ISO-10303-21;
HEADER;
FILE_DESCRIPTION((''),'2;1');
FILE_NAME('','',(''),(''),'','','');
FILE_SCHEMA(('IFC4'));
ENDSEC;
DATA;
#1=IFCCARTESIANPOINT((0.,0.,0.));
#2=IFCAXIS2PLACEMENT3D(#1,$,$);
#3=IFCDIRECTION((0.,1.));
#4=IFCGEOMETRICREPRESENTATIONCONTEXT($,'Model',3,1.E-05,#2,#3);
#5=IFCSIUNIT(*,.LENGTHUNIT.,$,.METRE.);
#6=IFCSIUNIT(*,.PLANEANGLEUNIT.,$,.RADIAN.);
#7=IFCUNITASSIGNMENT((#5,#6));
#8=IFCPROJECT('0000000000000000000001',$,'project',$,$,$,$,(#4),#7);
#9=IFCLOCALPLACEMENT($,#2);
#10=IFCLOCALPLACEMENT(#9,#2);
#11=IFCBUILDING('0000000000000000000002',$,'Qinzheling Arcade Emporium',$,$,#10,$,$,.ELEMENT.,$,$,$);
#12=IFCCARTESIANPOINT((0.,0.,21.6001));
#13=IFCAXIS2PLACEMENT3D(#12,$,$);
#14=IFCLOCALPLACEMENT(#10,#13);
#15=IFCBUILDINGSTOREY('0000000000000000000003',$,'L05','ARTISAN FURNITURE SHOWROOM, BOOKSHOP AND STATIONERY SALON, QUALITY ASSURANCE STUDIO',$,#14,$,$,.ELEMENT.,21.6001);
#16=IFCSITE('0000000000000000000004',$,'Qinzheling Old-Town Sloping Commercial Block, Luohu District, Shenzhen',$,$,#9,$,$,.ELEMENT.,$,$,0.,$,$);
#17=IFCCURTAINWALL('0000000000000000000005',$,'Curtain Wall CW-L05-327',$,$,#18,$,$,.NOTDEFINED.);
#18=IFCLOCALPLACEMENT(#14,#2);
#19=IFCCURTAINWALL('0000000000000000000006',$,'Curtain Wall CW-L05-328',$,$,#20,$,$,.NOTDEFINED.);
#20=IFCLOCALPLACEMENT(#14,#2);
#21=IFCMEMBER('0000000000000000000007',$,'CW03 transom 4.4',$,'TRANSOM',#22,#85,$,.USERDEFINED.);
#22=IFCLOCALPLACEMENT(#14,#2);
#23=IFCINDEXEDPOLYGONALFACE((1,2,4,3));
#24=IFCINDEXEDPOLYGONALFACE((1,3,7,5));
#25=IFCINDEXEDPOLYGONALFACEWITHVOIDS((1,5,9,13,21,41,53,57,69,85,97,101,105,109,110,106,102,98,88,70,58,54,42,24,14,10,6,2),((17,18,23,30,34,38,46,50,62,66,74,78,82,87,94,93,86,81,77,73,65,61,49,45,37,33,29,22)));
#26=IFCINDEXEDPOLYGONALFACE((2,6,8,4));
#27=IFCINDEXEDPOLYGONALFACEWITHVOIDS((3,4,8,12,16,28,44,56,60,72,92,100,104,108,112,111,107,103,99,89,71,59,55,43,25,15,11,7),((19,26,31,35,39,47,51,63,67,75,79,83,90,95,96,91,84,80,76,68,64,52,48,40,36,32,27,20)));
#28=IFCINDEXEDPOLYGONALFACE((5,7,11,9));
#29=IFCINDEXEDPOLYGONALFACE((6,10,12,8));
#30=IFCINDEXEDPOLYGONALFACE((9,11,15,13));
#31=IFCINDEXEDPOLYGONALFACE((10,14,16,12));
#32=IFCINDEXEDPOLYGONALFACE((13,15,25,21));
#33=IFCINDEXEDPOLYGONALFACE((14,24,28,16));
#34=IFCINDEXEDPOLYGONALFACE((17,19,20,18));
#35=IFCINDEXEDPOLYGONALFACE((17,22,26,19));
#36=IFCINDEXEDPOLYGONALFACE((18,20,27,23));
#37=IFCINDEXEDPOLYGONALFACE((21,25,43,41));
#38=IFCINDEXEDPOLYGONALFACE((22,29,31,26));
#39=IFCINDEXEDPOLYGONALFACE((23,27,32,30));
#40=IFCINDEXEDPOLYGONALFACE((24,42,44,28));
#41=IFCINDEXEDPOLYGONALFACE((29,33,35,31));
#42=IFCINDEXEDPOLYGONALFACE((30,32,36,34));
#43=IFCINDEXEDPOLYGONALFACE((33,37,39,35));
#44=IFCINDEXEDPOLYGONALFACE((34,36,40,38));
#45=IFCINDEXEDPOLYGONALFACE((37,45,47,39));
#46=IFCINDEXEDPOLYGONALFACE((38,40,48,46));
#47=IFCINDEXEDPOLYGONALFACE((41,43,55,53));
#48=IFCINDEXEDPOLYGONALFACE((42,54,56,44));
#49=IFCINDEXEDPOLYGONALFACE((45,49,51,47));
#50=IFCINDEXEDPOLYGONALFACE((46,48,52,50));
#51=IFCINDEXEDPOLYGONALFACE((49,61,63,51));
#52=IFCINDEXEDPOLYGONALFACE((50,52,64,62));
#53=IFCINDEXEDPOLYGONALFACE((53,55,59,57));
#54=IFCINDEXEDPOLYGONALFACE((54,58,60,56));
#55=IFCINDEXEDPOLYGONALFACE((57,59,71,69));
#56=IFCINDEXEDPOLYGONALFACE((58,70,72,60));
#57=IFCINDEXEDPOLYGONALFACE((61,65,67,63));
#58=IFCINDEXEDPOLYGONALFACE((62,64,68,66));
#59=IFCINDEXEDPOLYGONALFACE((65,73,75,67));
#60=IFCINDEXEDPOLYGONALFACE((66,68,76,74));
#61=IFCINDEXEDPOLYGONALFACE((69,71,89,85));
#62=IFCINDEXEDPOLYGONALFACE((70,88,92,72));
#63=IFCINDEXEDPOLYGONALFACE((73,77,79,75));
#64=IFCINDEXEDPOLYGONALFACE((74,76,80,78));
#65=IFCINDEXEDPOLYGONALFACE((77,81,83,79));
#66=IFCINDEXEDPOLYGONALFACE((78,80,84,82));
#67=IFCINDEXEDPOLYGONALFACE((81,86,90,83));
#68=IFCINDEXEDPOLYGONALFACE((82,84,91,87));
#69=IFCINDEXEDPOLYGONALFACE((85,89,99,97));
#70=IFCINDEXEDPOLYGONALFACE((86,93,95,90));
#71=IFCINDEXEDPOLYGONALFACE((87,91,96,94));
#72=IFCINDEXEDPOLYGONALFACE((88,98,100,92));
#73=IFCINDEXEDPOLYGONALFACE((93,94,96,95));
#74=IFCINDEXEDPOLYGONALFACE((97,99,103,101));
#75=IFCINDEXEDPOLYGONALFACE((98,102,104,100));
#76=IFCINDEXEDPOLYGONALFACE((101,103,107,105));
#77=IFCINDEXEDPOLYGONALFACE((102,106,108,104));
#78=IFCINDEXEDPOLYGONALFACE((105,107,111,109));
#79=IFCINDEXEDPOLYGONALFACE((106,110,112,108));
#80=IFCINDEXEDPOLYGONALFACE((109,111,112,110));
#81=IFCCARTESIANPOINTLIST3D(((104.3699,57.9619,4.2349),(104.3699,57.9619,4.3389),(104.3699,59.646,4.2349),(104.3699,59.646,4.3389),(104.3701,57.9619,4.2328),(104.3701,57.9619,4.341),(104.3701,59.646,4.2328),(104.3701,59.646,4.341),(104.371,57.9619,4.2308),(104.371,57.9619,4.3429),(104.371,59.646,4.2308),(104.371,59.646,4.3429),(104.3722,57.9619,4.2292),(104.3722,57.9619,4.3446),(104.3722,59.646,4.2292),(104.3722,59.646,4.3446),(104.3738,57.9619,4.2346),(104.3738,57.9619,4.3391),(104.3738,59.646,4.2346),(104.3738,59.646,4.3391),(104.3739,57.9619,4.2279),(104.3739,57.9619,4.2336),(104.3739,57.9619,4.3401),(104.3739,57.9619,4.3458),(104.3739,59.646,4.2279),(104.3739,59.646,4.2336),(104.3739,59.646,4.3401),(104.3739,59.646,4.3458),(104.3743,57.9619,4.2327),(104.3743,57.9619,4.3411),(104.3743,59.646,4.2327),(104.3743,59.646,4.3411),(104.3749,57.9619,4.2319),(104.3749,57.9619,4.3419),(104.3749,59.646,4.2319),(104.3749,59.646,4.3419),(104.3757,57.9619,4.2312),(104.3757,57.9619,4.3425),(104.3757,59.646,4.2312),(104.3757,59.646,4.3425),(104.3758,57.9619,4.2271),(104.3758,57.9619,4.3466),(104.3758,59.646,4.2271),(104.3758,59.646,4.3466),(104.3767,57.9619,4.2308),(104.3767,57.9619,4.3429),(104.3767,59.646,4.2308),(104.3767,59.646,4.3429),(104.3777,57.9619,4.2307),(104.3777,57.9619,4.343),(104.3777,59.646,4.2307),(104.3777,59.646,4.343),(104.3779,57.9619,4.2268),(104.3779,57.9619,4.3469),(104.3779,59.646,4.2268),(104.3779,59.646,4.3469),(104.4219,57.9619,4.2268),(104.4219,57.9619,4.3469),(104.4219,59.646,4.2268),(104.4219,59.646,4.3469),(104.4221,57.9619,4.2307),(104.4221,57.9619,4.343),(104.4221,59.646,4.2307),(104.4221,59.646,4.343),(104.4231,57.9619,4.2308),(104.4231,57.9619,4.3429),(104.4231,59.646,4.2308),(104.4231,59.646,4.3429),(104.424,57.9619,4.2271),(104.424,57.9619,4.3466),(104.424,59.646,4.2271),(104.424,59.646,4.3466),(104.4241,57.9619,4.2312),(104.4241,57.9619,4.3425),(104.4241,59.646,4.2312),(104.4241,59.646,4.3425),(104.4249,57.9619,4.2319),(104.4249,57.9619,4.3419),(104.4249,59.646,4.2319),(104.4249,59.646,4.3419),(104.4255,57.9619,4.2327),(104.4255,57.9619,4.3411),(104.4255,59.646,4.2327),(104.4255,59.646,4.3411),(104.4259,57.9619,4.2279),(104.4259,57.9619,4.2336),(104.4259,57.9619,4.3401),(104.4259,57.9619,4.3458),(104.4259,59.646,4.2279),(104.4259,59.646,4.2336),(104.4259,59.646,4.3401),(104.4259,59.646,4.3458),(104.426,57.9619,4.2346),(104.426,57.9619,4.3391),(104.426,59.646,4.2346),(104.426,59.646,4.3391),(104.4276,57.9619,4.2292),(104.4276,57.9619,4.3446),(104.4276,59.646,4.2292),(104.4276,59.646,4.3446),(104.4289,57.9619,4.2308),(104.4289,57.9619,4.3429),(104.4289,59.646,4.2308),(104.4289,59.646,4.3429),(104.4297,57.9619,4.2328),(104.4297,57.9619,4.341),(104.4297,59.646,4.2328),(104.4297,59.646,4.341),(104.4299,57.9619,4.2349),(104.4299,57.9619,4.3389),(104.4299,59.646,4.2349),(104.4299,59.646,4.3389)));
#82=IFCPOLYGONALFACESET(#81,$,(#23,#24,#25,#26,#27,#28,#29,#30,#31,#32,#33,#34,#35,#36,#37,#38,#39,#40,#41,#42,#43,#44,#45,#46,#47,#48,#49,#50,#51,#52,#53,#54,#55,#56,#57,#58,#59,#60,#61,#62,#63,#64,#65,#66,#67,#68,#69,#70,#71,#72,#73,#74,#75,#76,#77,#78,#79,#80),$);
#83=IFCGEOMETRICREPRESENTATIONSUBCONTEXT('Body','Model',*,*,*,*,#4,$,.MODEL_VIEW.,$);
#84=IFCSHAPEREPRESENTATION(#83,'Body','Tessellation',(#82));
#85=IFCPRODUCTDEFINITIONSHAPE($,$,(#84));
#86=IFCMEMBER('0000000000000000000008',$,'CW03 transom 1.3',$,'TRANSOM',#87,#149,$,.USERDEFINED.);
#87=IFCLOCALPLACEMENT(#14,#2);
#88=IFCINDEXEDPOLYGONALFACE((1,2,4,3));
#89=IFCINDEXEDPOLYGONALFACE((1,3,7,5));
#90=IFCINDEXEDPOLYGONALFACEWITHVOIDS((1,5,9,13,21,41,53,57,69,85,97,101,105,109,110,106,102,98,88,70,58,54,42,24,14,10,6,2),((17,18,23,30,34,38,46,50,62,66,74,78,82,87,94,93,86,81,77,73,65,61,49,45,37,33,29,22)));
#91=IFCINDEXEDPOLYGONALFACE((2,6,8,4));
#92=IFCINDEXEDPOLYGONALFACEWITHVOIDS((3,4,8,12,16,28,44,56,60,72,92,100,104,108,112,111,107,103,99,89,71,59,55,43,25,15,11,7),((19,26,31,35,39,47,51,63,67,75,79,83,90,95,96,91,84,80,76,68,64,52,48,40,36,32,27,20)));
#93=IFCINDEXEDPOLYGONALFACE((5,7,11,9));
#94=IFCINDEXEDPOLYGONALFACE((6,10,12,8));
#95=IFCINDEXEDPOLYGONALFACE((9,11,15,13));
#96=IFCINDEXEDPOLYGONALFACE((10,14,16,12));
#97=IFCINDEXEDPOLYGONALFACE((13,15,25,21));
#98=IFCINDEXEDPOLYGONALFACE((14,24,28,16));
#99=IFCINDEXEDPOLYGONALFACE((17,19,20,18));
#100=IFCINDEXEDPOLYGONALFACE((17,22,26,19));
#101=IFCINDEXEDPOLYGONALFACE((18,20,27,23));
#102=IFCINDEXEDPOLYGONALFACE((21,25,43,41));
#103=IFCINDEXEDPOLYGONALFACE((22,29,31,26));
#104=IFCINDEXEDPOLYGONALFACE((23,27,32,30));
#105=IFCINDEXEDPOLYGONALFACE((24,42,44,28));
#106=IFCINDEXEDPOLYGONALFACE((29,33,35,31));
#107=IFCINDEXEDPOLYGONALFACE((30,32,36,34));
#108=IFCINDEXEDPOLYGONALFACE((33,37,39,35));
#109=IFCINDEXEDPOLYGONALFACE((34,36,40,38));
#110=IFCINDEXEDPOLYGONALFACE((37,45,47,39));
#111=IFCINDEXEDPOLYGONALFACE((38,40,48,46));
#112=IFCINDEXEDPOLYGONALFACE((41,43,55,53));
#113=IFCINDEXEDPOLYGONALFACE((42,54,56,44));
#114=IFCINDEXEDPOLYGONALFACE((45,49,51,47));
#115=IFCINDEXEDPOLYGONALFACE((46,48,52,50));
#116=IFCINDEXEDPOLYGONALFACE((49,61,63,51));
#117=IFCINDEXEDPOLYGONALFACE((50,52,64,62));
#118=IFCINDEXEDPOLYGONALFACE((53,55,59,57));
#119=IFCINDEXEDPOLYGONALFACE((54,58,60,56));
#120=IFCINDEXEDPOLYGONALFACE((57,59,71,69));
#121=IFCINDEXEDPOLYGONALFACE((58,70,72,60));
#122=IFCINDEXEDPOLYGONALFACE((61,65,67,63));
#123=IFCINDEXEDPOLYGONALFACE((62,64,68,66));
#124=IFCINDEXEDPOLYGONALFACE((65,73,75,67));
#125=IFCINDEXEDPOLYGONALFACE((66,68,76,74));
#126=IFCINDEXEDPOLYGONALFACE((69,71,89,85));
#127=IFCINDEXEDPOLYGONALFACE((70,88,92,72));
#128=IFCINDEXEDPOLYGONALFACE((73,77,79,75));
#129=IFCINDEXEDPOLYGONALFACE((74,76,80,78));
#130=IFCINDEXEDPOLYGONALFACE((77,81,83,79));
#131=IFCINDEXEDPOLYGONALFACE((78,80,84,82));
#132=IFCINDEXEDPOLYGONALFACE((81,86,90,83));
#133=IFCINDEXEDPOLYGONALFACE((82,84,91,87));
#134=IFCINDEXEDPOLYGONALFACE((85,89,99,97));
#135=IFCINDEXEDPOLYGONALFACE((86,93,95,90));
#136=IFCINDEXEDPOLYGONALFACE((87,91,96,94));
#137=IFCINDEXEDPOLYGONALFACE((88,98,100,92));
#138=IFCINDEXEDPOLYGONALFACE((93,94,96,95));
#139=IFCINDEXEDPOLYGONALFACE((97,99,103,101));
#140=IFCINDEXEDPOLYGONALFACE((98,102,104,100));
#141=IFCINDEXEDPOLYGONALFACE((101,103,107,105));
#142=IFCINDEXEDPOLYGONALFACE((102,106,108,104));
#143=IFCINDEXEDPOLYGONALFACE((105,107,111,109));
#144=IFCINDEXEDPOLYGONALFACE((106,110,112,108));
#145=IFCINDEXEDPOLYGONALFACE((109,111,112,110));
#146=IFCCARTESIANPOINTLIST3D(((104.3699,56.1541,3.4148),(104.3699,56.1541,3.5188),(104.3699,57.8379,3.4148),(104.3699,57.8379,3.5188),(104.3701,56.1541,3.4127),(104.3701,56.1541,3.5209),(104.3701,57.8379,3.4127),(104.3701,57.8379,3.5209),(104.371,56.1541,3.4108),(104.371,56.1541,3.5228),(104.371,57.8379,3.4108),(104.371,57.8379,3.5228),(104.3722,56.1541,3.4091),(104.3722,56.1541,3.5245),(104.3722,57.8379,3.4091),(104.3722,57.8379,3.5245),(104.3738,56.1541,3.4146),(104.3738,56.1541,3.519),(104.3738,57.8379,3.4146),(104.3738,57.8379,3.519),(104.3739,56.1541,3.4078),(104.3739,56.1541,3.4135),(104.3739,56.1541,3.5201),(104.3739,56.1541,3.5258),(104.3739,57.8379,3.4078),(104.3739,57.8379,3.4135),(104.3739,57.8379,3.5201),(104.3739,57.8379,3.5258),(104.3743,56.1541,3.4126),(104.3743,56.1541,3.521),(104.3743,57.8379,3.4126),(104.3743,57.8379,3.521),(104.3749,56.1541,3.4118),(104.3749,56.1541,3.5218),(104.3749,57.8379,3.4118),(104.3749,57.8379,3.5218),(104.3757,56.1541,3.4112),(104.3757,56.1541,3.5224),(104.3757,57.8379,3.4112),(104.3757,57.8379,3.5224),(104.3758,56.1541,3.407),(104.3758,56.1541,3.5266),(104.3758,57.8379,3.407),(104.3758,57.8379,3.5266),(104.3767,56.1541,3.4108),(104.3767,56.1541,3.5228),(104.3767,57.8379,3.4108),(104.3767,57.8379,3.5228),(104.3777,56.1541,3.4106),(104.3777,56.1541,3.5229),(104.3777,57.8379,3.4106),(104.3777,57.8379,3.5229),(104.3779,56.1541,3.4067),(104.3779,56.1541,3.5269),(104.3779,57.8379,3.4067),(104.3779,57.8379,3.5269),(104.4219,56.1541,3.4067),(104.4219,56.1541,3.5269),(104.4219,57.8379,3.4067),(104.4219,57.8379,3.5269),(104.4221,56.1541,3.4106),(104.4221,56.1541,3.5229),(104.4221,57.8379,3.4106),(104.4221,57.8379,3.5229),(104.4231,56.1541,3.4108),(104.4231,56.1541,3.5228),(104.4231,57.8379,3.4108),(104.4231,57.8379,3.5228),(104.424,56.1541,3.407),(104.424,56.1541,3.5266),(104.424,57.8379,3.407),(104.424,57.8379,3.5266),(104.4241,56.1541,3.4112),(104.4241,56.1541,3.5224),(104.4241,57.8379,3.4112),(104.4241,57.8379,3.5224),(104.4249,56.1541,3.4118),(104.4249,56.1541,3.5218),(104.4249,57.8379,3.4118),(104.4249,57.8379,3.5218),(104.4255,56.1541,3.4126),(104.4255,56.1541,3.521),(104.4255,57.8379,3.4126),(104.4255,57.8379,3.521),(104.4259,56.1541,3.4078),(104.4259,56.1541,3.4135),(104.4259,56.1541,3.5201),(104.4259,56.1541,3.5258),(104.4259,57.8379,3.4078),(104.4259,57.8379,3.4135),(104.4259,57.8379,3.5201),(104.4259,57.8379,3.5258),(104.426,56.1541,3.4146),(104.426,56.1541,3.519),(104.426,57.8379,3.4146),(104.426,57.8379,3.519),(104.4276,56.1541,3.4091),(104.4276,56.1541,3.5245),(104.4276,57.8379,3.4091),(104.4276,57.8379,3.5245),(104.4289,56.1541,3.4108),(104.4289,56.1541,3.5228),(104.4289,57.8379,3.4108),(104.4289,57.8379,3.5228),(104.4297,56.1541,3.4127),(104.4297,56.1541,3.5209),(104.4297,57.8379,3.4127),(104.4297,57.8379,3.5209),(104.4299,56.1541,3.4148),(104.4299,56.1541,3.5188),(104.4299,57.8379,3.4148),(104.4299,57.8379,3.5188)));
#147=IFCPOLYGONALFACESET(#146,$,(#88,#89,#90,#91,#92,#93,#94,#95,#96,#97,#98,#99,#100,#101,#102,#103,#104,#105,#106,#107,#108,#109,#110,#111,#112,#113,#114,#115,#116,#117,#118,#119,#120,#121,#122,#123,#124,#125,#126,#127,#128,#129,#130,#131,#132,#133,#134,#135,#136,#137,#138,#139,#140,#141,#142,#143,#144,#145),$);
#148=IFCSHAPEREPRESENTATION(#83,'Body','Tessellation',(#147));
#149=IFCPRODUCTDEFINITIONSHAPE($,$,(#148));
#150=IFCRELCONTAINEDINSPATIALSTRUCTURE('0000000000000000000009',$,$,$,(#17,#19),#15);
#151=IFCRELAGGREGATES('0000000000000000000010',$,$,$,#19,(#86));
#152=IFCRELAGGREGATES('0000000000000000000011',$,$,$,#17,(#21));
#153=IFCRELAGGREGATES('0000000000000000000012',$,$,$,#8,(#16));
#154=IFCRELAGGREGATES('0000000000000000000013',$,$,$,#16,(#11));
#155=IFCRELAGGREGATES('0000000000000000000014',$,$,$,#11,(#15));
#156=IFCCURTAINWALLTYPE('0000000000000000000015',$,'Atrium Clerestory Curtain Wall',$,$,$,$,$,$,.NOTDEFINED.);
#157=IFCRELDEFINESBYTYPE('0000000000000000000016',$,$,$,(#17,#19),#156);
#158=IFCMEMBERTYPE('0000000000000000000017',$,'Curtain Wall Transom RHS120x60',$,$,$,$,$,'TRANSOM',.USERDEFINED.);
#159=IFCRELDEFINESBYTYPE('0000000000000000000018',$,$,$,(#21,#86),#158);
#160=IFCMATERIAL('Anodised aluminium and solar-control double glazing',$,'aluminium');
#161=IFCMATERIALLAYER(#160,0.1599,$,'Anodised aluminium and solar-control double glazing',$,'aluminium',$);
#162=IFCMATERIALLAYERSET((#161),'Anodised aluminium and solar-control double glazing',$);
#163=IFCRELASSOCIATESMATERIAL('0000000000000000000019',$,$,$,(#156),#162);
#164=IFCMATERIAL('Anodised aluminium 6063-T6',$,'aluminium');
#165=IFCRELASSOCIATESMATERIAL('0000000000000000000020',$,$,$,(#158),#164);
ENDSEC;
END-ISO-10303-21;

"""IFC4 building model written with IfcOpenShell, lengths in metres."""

from ifc_helpers import new_model, si_unit, direction, frame, origin, origin_2d, place, context, subcontext, project, spatial, hollow_rectangle, extrude, material, layer, layer_set, material_profile, profile_set, type_object, element, aggregate, save


model = new_model("IFC4")

# Units and contexts
model_context = context("Model", 3, precision=1e-05, world=origin(), true_north=direction((0.0, 1.0)))
body_context = subcontext(model_context, "Body", "Model", "MODEL_VIEW")
ifc_project = project(units=[si_unit("LENGTHUNIT", "METRE"), si_unit("PLANEANGLEUNIT", "RADIAN")], contexts=[model_context])

# Site, building, storey
site_placement = place(None, origin())
site = spatial("IfcSite", under=ifc_project, at=site_placement, Name="Qinzheling Old-Town Sloping Commercial Block, Luohu District, Shenzhen", CompositionType="ELEMENT", RefElevation=0.0)
building_placement = place(site_placement, origin())
building = spatial("IfcBuilding", under=site, at=building_placement, Name="Qinzheling Arcade Emporium", CompositionType="ELEMENT")
storey_placement = place(building_placement, frame((0.0, 0.0, 21.6001)))
storey = spatial("IfcBuildingStorey", under=building, at=storey_placement, Name="L05", Description="ARTISAN FURNITURE SHOWROOM, BOOKSHOP AND STATIONERY SALON, QUALITY ASSURANCE STUDIO", CompositionType="ELEMENT", Elevation=21.6001)

# Curtain wall
ifc_material_1 = material(Name="Anodised aluminium and solar-control double glazing", Category="aluminium")
ifc_layer_1 = layer(ifc_material_1, 0.1599, Name="Anodised aluminium and solar-control double glazing", Category="aluminium")
ifc_layer_set_1 = layer_set([ifc_layer_1], Name="Anodised aluminium and solar-control double glazing")
curtain_wall_type = type_object("IfcCurtainWallType", Name="Atrium Clerestory Curtain Wall", PredefinedType="NOTDEFINED", material=ifc_layer_set_1)
curtain_wall_1_placement = place(storey_placement, origin())
curtain_wall_1 = element("IfcCurtainWall", 1, at=curtain_wall_1_placement, inside=storey, type_object=curtain_wall_type, Name="Curtain Wall CW-L05-327", PredefinedType="NOTDEFINED")
ifc_material_2 = material(Name="Anodised aluminium 6063-T6", Category="aluminium")

# Curtain wall
curtain_wall_2_placement = place(storey_placement, origin())
curtain_wall_2 = element("IfcCurtainWall", 2, at=curtain_wall_2_placement, inside=storey, type_object=curtain_wall_type, Name="Curtain Wall CW-L05-328", PredefinedType="NOTDEFINED")

# Members
ifc_material_profile_1 = material_profile(ifc_material_2, hollow_rectangle(XDim=0.0601, YDim=0.1201, WallThickness=0.0039, InnerFilletRadius=0.0039, OuterFilletRadius=0.0081, at=origin_2d()), Name="RHS 120x60x4", Category="aluminium")
ifc_profile_set_1 = profile_set([ifc_material_profile_1], Name="Anodised aluminium 6063-T6")
member_type_1 = type_object("IfcMemberType", Name="Curtain Wall Transom RHS120x60", ElementType="TRANSOM", PredefinedType="USERDEFINED", material=ifc_profile_set_1)
member_1_placement = place(storey_placement, frame((104.3999, 59.646, 4.2869), z_axis=(0.0, -1.0, 0.0), x_axis=(1.0, 0.0, 0.0)))
member_1 = element("IfcMember", 3, at=member_1_placement, type_object=member_type_1, Name="CW03 transom 4.4", ObjectType="TRANSOM", PredefinedType="USERDEFINED", context=body_context, shape_type="SweptSolid", body=[
    extrude(hollow_rectangle(XDim=0.0601, YDim=0.1201, WallThickness=0.0039, InnerFilletRadius=0.0039, OuterFilletRadius=0.0081, at=origin_2d()), origin(), (0.0, 0.0, 1.0), 1.6841),
])
member_2_placement = place(storey_placement, frame((104.3999, 57.8379, 3.4668), z_axis=(0.0, -1.0, 0.0), x_axis=(1.0, 0.0, 0.0)))
member_2 = element("IfcMember", 4, at=member_2_placement, type_object=member_type_1, Name="CW03 transom 1.3", ObjectType="TRANSOM", PredefinedType="USERDEFINED", context=body_context, shape_type="SweptSolid", body=[
    extrude(hollow_rectangle(XDim=0.0601, YDim=0.1201, WallThickness=0.0039, InnerFilletRadius=0.0039, OuterFilletRadius=0.0081, at=origin_2d()), origin(), (0.0, 0.0, 1.0), 1.6838),
])
aggregate(curtain_wall_2, [member_2])

aggregate(curtain_wall_1, [member_1])

save(model, "model.ifc")
